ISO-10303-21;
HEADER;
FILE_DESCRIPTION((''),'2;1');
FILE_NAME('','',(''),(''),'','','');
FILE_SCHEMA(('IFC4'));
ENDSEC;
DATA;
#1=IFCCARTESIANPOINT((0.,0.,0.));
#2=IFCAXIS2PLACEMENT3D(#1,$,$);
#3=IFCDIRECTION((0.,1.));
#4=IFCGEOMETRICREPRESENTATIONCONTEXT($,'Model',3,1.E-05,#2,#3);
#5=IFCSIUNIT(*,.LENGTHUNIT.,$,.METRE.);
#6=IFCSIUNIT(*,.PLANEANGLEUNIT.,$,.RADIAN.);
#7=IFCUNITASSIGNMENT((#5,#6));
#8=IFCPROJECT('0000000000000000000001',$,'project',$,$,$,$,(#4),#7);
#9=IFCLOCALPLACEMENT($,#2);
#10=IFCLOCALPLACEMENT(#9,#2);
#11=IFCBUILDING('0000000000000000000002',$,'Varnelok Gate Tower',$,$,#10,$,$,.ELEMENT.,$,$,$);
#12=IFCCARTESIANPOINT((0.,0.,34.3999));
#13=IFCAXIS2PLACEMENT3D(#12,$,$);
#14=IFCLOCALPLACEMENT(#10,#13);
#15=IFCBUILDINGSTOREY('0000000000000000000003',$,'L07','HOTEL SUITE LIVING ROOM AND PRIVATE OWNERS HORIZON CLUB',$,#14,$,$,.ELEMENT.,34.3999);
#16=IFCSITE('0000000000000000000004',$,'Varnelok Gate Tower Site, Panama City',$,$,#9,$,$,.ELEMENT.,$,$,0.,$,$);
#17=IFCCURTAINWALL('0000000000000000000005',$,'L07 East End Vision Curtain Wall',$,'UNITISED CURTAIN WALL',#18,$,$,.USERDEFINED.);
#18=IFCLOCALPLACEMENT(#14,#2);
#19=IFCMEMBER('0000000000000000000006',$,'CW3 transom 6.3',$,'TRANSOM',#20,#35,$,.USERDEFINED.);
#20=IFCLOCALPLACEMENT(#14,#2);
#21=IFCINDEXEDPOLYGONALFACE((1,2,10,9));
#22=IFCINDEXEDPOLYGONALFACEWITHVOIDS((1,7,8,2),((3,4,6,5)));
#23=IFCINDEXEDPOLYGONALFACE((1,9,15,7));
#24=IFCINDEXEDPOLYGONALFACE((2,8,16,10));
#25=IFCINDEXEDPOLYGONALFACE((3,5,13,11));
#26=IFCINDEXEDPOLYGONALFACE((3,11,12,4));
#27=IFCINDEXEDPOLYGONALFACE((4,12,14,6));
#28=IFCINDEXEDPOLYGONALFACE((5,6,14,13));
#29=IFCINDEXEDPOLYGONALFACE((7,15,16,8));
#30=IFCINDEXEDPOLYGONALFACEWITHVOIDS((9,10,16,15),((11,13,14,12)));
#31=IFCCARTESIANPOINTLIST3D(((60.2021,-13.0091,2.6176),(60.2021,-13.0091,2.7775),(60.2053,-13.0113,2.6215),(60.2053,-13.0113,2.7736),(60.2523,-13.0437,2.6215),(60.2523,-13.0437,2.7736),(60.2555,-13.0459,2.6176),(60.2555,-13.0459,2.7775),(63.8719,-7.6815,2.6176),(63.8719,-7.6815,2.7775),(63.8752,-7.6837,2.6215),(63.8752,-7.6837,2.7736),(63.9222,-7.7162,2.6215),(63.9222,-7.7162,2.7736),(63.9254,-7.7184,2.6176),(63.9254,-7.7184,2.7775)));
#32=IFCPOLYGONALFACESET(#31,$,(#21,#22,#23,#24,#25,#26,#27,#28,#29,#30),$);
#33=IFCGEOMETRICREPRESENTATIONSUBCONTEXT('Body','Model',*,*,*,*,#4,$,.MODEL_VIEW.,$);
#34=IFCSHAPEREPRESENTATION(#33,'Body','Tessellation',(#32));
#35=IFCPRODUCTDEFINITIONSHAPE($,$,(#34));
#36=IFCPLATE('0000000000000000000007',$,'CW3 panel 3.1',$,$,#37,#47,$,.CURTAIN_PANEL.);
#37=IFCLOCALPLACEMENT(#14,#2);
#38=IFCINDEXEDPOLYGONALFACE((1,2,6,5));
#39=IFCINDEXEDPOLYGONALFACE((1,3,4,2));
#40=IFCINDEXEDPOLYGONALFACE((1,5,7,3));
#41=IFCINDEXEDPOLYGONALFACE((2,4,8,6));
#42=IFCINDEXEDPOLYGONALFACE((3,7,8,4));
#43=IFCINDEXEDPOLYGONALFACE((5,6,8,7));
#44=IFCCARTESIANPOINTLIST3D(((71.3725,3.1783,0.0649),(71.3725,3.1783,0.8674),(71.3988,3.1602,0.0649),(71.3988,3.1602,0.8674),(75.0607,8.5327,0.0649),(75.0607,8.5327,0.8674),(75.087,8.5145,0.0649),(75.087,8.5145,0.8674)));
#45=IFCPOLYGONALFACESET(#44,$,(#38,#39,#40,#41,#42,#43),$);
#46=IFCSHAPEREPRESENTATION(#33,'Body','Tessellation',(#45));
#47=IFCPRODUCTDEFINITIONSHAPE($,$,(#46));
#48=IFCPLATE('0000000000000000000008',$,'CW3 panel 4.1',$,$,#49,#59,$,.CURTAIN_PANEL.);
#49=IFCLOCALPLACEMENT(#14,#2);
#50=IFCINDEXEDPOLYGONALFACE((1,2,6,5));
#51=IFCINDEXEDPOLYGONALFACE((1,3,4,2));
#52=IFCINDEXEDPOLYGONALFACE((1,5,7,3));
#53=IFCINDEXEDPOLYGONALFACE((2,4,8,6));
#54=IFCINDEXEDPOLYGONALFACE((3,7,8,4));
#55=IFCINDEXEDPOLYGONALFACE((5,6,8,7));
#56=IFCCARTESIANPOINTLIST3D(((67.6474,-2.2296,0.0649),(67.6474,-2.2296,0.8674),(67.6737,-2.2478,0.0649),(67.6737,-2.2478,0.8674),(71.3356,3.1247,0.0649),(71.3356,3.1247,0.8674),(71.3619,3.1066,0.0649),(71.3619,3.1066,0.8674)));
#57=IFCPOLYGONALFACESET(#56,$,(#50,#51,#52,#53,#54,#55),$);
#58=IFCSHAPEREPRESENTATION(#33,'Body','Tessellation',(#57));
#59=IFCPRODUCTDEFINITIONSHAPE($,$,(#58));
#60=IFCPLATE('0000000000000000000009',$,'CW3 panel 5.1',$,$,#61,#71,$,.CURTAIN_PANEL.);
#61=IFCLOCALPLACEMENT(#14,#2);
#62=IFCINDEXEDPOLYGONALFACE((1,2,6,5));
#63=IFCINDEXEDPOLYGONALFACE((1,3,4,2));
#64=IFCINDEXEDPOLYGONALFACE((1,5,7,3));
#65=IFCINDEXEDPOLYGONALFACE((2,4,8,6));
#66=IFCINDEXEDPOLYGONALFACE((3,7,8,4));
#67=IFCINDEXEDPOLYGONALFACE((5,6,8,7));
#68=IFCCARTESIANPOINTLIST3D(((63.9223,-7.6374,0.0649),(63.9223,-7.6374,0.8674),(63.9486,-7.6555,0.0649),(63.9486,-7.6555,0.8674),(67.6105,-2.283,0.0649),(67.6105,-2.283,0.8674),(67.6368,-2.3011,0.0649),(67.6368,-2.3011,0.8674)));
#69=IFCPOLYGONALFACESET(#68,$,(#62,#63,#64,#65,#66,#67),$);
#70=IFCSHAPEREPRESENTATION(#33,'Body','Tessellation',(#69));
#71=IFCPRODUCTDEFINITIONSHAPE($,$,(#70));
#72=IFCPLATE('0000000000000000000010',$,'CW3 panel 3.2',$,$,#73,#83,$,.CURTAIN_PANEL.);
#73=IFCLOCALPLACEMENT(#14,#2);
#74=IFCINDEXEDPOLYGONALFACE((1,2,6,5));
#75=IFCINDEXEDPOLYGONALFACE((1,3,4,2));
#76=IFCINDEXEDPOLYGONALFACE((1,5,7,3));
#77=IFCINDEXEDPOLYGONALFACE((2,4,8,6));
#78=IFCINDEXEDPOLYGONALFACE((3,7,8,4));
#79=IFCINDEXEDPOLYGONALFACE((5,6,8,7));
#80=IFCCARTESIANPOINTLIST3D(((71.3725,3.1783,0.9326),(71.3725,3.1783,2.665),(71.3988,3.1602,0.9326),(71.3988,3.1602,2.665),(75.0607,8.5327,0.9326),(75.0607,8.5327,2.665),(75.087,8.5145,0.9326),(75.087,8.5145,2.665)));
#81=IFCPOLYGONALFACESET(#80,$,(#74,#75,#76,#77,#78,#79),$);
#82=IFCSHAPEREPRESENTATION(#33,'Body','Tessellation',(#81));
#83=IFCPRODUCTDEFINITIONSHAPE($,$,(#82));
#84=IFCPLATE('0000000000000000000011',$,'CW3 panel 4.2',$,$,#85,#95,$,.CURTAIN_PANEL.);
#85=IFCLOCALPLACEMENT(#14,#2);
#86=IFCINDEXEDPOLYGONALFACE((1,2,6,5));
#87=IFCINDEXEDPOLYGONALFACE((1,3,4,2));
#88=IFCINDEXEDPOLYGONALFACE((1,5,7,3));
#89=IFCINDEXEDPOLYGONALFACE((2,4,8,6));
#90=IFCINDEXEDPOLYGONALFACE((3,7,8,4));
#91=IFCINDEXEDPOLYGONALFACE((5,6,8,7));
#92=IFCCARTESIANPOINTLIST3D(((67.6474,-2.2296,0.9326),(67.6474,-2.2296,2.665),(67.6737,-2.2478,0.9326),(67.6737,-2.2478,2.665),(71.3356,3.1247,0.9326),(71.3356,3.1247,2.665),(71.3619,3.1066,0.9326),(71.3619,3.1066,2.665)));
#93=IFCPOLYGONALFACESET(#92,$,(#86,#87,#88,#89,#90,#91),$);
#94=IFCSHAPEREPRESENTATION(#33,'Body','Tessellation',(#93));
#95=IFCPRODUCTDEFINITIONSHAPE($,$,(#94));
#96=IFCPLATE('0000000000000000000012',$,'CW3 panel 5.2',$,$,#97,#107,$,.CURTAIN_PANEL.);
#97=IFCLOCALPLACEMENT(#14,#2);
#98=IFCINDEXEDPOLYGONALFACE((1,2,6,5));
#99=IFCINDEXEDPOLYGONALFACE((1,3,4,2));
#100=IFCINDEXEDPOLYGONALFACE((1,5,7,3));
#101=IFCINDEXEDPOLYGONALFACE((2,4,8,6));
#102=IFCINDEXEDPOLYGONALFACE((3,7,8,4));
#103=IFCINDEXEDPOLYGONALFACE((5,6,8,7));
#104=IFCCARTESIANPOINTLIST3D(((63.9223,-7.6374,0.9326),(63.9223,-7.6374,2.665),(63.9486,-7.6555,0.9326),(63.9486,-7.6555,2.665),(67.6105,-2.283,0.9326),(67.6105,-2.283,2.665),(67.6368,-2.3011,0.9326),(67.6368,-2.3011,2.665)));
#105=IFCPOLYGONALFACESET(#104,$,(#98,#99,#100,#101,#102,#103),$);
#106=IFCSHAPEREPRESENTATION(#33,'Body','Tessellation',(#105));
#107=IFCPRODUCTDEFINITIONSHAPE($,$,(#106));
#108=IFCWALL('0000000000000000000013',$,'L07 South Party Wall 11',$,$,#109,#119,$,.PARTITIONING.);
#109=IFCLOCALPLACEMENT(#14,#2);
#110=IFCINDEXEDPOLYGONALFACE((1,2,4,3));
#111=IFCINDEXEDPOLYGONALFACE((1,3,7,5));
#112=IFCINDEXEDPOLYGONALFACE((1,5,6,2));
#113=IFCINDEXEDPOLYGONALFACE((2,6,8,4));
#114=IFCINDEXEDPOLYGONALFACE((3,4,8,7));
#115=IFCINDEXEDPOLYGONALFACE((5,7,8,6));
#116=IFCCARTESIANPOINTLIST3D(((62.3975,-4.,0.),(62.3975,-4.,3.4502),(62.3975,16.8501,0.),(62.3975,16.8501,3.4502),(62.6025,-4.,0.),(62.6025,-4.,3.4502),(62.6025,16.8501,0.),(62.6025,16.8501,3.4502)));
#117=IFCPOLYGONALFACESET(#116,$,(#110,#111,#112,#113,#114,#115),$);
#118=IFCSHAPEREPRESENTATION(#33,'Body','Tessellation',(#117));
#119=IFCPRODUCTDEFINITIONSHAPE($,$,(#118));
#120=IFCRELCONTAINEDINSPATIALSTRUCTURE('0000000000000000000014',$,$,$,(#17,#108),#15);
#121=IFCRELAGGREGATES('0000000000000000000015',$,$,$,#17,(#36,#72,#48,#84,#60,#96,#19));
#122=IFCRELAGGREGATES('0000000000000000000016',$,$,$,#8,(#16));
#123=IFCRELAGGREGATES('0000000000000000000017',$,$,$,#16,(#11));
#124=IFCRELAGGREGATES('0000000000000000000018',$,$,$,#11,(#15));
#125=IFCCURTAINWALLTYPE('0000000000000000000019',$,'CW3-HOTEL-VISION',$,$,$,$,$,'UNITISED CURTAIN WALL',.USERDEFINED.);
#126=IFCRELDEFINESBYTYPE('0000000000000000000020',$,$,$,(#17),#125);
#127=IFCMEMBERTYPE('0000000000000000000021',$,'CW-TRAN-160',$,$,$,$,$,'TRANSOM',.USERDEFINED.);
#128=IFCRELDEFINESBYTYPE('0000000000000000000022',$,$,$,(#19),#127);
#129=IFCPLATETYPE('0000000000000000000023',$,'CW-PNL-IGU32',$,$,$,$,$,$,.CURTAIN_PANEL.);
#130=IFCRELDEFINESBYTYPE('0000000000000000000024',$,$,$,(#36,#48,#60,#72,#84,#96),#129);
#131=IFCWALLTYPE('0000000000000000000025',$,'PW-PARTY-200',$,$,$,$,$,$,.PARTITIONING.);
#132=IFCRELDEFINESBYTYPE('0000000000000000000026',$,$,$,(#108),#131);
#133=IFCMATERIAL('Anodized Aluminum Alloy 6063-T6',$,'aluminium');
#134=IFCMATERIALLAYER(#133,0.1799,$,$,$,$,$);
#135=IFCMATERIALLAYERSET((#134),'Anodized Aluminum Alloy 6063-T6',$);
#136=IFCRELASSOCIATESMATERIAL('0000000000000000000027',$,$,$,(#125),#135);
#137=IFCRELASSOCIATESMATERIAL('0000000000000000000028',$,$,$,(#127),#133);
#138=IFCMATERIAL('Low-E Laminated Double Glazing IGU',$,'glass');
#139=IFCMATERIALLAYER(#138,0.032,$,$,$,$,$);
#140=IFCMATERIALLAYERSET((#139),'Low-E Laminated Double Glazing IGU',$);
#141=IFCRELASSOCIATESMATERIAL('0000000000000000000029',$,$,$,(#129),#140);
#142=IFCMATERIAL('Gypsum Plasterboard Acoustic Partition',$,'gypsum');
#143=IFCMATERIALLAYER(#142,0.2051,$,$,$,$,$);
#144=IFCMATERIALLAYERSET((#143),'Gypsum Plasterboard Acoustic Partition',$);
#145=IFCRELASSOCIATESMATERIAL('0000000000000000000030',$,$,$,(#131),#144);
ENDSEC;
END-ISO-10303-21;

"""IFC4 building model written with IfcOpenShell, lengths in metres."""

from ifc_helpers import new_model, si_unit, direction, frame, frame_2d, origin, origin_2d, place, context, subcontext, project, spatial, rectangle, hollow_rectangle, extrude, source, transform, mapped, material, layer, layer_set, material_profile, profile_set, type_object, element, aggregate, save


model = new_model("IFC4")

# Units and contexts
model_context = context("Model", 3, precision=1e-05, world=origin(), true_north=direction((0.0, 1.0)))
body_context = subcontext(model_context, "Body", "Model", "MODEL_VIEW")
ifc_project = project(units=[si_unit("LENGTHUNIT", "METRE"), si_unit("PLANEANGLEUNIT", "RADIAN")], contexts=[model_context])

# Site, building, storey
site_placement = place(None, origin())
site = spatial("IfcSite", under=ifc_project, at=site_placement, Name="Varnelok Gate Tower Site, Panama City", CompositionType="ELEMENT", RefElevation=0.0)
building_placement = place(site_placement, origin())
building = spatial("IfcBuilding", under=site, at=building_placement, Name="Varnelok Gate Tower", CompositionType="ELEMENT")
storey_placement = place(building_placement, frame((0.0, 0.0, 34.3999)))
storey = spatial("IfcBuildingStorey", under=building, at=storey_placement, Name="L07", Description="HOTEL SUITE LIVING ROOM AND PRIVATE OWNERS HORIZON CLUB", CompositionType="ELEMENT", Elevation=34.3999)

# Curtain wall, member, plates
ifc_material_1 = material(Name="Anodized Aluminum Alloy 6063-T6", Category="aluminium")
ifc_layer_1 = layer(ifc_material_1, 0.1799)
ifc_layer_set_1 = layer_set([ifc_layer_1], Name="Anodized Aluminum Alloy 6063-T6")
curtain_wall_type = type_object("IfcCurtainWallType", Name="CW3-HOTEL-VISION", ElementType="UNITISED CURTAIN WALL", PredefinedType="USERDEFINED", material=ifc_layer_set_1)
curtain_wall_placement = place(storey_placement, origin())
curtain_wall = element("IfcCurtainWall", 1, at=curtain_wall_placement, inside=storey, type_object=curtain_wall_type, Name="L07 East End Vision Curtain Wall", ObjectType="UNITISED CURTAIN WALL", PredefinedType="USERDEFINED")
ifc_material_profile_1 = material_profile(ifc_material_1, hollow_rectangle(XDim=0.0649, YDim=0.1599, WallThickness=0.0039, at=origin_2d()), Name="ALU160X65X4")
ifc_profile_set_1 = profile_set([ifc_material_profile_1], Name="Anodized Aluminum Alloy 6063-T6")
member_type_1 = type_object("IfcMemberType", Name="CW-TRAN-160", ElementType="TRANSOM", PredefinedType="USERDEFINED", material=ifc_profile_set_1)
member_1_placement = place(storey_placement, frame((63.8987, -7.7, 2.6975), z_axis=(-0.567281, -0.823524, 0.0), x_axis=(0.823524, -0.567281, 0.0)))
member_1 = element("IfcMember", 2, at=member_1_placement, type_object=member_type_1, Name="CW3 transom 6.3", ObjectType="TRANSOM", PredefinedType="USERDEFINED", context=body_context, shape_type="SweptSolid", body=[
    extrude(hollow_rectangle(XDim=0.0649, YDim=0.1599, WallThickness=0.0039, at=origin_2d()), origin(), (0.0, 0.0, 1.0), 6.4692),
])
ifc_material_2 = material(Name="Low-E Laminated Double Glazing IGU", Category="glass")
ifc_layer_2 = layer(ifc_material_2, 0.032)
ifc_layer_set_2 = layer_set([ifc_layer_2], Name="Low-E Laminated Double Glazing IGU")
plate_type = type_object("IfcPlateType", Name="CW-PNL-IGU32", PredefinedType="CURTAIN_PANEL", material=ifc_layer_set_2)
shared_shape_1 = source(origin(), body_context, "Body", "SweptSolid", [
    extrude(rectangle(XDim=6.5017, YDim=0.032, at=origin_2d()), origin(), (0.0, 0.0, 1.0), 0.8025),
])
plate_1_placement = place(storey_placement, frame((73.2297, 5.8464, 0.0649), z_axis=(0.0, 0.0, 1.0), x_axis=(-0.567269, -0.823533, 0.0)))
plate_1 = element("IfcPlate", 3, at=plate_1_placement, type_object=plate_type, Name="CW3 panel 3.1", PredefinedType="CURTAIN_PANEL", context=body_context, shape_type="MappedRepresentation", body=[
    mapped(shared_shape_1, transform((0.0, 0.0, 0.0), scale=1.0)),
])
plate_2_placement = place(storey_placement, frame((69.5046, 0.4385, 0.0649), z_axis=(0.0, 0.0, 1.0), x_axis=(-0.567269, -0.823533, 0.0)))
plate_2 = element("IfcPlate", 4, at=plate_2_placement, type_object=plate_type, Name="CW3 panel 4.1", PredefinedType="CURTAIN_PANEL", context=body_context, shape_type="MappedRepresentation", body=[
    mapped(shared_shape_1, transform((0.0, 0.0, 0.0), scale=1.0)),
])
plate_3_placement = place(storey_placement, frame((65.7795, -4.9692, 0.0649), z_axis=(0.0, 0.0, 1.0), x_axis=(-0.567269, -0.823533, 0.0)))
plate_3 = element("IfcPlate", 5, at=plate_3_placement, type_object=plate_type, Name="CW3 panel 5.1", PredefinedType="CURTAIN_PANEL", context=body_context, shape_type="MappedRepresentation", body=[
    mapped(shared_shape_1, transform((0.0, 0.0, 0.0), scale=1.0)),
])
shared_shape_2 = source(origin(), body_context, "Body", "SweptSolid", [
    extrude(rectangle(XDim=6.5017, YDim=0.032, at=origin_2d()), origin(), (0.0, 0.0, 1.0), 1.7324),
])
plate_4_placement = place(storey_placement, frame((73.2297, 5.8464, 0.9326), z_axis=(0.0, 0.0, 1.0), x_axis=(-0.567269, -0.823533, 0.0)))
plate_4 = element("IfcPlate", 6, at=plate_4_placement, type_object=plate_type, Name="CW3 panel 3.2", PredefinedType="CURTAIN_PANEL", context=body_context, shape_type="MappedRepresentation", body=[
    mapped(shared_shape_2, transform((0.0, 0.0, 0.0), scale=1.0)),
])
plate_5_placement = place(storey_placement, frame((69.5046, 0.4385, 0.9326), z_axis=(0.0, 0.0, 1.0), x_axis=(-0.567269, -0.823533, 0.0)))
plate_5 = element("IfcPlate", 7, at=plate_5_placement, type_object=plate_type, Name="CW3 panel 4.2", PredefinedType="CURTAIN_PANEL", context=body_context, shape_type="MappedRepresentation", body=[
    mapped(shared_shape_2, transform((0.0, 0.0, 0.0), scale=1.0)),
])
plate_6_placement = place(storey_placement, frame((65.7795, -4.9692, 0.9326), z_axis=(0.0, 0.0, 1.0), x_axis=(-0.567269, -0.823533, 0.0)))
plate_6 = element("IfcPlate", 8, at=plate_6_placement, type_object=plate_type, Name="CW3 panel 5.2", PredefinedType="CURTAIN_PANEL", context=body_context, shape_type="MappedRepresentation", body=[
    mapped(shared_shape_2, transform((0.0, 0.0, 0.0), scale=1.0)),
])
aggregate(curtain_wall, [plate_1, plate_4, plate_2, plate_5, plate_3, plate_6, member_1])

# Wall
ifc_material_3 = material(Name="Gypsum Plasterboard Acoustic Partition", Category="gypsum")
ifc_layer_3 = layer(ifc_material_3, 0.2051)
ifc_layer_set_3 = layer_set([ifc_layer_3], Name="Gypsum Plasterboard Acoustic Partition")
wall_type = type_object("IfcWallType", Name="PW-PARTY-200", PredefinedType="PARTITIONING", material=ifc_layer_set_3)
wall_placement = place(storey_placement, frame((62.5, -4.0, 0.0), z_axis=(0.0, 0.0, 1.0), x_axis=(0.0, 1.0, 0.0)))
element("IfcWall", 9, at=wall_placement, inside=storey, type_object=wall_type, Name="L07 South Party Wall 11", PredefinedType="PARTITIONING", context=body_context, shape_type="SweptSolid", body=[
    extrude(rectangle(XDim=20.8501, YDim=0.2051, at=frame_2d((10.425, 0.0))), origin(), (0.0, 0.0, 1.0), 3.4502),
])

save(model, "model.ifc")
